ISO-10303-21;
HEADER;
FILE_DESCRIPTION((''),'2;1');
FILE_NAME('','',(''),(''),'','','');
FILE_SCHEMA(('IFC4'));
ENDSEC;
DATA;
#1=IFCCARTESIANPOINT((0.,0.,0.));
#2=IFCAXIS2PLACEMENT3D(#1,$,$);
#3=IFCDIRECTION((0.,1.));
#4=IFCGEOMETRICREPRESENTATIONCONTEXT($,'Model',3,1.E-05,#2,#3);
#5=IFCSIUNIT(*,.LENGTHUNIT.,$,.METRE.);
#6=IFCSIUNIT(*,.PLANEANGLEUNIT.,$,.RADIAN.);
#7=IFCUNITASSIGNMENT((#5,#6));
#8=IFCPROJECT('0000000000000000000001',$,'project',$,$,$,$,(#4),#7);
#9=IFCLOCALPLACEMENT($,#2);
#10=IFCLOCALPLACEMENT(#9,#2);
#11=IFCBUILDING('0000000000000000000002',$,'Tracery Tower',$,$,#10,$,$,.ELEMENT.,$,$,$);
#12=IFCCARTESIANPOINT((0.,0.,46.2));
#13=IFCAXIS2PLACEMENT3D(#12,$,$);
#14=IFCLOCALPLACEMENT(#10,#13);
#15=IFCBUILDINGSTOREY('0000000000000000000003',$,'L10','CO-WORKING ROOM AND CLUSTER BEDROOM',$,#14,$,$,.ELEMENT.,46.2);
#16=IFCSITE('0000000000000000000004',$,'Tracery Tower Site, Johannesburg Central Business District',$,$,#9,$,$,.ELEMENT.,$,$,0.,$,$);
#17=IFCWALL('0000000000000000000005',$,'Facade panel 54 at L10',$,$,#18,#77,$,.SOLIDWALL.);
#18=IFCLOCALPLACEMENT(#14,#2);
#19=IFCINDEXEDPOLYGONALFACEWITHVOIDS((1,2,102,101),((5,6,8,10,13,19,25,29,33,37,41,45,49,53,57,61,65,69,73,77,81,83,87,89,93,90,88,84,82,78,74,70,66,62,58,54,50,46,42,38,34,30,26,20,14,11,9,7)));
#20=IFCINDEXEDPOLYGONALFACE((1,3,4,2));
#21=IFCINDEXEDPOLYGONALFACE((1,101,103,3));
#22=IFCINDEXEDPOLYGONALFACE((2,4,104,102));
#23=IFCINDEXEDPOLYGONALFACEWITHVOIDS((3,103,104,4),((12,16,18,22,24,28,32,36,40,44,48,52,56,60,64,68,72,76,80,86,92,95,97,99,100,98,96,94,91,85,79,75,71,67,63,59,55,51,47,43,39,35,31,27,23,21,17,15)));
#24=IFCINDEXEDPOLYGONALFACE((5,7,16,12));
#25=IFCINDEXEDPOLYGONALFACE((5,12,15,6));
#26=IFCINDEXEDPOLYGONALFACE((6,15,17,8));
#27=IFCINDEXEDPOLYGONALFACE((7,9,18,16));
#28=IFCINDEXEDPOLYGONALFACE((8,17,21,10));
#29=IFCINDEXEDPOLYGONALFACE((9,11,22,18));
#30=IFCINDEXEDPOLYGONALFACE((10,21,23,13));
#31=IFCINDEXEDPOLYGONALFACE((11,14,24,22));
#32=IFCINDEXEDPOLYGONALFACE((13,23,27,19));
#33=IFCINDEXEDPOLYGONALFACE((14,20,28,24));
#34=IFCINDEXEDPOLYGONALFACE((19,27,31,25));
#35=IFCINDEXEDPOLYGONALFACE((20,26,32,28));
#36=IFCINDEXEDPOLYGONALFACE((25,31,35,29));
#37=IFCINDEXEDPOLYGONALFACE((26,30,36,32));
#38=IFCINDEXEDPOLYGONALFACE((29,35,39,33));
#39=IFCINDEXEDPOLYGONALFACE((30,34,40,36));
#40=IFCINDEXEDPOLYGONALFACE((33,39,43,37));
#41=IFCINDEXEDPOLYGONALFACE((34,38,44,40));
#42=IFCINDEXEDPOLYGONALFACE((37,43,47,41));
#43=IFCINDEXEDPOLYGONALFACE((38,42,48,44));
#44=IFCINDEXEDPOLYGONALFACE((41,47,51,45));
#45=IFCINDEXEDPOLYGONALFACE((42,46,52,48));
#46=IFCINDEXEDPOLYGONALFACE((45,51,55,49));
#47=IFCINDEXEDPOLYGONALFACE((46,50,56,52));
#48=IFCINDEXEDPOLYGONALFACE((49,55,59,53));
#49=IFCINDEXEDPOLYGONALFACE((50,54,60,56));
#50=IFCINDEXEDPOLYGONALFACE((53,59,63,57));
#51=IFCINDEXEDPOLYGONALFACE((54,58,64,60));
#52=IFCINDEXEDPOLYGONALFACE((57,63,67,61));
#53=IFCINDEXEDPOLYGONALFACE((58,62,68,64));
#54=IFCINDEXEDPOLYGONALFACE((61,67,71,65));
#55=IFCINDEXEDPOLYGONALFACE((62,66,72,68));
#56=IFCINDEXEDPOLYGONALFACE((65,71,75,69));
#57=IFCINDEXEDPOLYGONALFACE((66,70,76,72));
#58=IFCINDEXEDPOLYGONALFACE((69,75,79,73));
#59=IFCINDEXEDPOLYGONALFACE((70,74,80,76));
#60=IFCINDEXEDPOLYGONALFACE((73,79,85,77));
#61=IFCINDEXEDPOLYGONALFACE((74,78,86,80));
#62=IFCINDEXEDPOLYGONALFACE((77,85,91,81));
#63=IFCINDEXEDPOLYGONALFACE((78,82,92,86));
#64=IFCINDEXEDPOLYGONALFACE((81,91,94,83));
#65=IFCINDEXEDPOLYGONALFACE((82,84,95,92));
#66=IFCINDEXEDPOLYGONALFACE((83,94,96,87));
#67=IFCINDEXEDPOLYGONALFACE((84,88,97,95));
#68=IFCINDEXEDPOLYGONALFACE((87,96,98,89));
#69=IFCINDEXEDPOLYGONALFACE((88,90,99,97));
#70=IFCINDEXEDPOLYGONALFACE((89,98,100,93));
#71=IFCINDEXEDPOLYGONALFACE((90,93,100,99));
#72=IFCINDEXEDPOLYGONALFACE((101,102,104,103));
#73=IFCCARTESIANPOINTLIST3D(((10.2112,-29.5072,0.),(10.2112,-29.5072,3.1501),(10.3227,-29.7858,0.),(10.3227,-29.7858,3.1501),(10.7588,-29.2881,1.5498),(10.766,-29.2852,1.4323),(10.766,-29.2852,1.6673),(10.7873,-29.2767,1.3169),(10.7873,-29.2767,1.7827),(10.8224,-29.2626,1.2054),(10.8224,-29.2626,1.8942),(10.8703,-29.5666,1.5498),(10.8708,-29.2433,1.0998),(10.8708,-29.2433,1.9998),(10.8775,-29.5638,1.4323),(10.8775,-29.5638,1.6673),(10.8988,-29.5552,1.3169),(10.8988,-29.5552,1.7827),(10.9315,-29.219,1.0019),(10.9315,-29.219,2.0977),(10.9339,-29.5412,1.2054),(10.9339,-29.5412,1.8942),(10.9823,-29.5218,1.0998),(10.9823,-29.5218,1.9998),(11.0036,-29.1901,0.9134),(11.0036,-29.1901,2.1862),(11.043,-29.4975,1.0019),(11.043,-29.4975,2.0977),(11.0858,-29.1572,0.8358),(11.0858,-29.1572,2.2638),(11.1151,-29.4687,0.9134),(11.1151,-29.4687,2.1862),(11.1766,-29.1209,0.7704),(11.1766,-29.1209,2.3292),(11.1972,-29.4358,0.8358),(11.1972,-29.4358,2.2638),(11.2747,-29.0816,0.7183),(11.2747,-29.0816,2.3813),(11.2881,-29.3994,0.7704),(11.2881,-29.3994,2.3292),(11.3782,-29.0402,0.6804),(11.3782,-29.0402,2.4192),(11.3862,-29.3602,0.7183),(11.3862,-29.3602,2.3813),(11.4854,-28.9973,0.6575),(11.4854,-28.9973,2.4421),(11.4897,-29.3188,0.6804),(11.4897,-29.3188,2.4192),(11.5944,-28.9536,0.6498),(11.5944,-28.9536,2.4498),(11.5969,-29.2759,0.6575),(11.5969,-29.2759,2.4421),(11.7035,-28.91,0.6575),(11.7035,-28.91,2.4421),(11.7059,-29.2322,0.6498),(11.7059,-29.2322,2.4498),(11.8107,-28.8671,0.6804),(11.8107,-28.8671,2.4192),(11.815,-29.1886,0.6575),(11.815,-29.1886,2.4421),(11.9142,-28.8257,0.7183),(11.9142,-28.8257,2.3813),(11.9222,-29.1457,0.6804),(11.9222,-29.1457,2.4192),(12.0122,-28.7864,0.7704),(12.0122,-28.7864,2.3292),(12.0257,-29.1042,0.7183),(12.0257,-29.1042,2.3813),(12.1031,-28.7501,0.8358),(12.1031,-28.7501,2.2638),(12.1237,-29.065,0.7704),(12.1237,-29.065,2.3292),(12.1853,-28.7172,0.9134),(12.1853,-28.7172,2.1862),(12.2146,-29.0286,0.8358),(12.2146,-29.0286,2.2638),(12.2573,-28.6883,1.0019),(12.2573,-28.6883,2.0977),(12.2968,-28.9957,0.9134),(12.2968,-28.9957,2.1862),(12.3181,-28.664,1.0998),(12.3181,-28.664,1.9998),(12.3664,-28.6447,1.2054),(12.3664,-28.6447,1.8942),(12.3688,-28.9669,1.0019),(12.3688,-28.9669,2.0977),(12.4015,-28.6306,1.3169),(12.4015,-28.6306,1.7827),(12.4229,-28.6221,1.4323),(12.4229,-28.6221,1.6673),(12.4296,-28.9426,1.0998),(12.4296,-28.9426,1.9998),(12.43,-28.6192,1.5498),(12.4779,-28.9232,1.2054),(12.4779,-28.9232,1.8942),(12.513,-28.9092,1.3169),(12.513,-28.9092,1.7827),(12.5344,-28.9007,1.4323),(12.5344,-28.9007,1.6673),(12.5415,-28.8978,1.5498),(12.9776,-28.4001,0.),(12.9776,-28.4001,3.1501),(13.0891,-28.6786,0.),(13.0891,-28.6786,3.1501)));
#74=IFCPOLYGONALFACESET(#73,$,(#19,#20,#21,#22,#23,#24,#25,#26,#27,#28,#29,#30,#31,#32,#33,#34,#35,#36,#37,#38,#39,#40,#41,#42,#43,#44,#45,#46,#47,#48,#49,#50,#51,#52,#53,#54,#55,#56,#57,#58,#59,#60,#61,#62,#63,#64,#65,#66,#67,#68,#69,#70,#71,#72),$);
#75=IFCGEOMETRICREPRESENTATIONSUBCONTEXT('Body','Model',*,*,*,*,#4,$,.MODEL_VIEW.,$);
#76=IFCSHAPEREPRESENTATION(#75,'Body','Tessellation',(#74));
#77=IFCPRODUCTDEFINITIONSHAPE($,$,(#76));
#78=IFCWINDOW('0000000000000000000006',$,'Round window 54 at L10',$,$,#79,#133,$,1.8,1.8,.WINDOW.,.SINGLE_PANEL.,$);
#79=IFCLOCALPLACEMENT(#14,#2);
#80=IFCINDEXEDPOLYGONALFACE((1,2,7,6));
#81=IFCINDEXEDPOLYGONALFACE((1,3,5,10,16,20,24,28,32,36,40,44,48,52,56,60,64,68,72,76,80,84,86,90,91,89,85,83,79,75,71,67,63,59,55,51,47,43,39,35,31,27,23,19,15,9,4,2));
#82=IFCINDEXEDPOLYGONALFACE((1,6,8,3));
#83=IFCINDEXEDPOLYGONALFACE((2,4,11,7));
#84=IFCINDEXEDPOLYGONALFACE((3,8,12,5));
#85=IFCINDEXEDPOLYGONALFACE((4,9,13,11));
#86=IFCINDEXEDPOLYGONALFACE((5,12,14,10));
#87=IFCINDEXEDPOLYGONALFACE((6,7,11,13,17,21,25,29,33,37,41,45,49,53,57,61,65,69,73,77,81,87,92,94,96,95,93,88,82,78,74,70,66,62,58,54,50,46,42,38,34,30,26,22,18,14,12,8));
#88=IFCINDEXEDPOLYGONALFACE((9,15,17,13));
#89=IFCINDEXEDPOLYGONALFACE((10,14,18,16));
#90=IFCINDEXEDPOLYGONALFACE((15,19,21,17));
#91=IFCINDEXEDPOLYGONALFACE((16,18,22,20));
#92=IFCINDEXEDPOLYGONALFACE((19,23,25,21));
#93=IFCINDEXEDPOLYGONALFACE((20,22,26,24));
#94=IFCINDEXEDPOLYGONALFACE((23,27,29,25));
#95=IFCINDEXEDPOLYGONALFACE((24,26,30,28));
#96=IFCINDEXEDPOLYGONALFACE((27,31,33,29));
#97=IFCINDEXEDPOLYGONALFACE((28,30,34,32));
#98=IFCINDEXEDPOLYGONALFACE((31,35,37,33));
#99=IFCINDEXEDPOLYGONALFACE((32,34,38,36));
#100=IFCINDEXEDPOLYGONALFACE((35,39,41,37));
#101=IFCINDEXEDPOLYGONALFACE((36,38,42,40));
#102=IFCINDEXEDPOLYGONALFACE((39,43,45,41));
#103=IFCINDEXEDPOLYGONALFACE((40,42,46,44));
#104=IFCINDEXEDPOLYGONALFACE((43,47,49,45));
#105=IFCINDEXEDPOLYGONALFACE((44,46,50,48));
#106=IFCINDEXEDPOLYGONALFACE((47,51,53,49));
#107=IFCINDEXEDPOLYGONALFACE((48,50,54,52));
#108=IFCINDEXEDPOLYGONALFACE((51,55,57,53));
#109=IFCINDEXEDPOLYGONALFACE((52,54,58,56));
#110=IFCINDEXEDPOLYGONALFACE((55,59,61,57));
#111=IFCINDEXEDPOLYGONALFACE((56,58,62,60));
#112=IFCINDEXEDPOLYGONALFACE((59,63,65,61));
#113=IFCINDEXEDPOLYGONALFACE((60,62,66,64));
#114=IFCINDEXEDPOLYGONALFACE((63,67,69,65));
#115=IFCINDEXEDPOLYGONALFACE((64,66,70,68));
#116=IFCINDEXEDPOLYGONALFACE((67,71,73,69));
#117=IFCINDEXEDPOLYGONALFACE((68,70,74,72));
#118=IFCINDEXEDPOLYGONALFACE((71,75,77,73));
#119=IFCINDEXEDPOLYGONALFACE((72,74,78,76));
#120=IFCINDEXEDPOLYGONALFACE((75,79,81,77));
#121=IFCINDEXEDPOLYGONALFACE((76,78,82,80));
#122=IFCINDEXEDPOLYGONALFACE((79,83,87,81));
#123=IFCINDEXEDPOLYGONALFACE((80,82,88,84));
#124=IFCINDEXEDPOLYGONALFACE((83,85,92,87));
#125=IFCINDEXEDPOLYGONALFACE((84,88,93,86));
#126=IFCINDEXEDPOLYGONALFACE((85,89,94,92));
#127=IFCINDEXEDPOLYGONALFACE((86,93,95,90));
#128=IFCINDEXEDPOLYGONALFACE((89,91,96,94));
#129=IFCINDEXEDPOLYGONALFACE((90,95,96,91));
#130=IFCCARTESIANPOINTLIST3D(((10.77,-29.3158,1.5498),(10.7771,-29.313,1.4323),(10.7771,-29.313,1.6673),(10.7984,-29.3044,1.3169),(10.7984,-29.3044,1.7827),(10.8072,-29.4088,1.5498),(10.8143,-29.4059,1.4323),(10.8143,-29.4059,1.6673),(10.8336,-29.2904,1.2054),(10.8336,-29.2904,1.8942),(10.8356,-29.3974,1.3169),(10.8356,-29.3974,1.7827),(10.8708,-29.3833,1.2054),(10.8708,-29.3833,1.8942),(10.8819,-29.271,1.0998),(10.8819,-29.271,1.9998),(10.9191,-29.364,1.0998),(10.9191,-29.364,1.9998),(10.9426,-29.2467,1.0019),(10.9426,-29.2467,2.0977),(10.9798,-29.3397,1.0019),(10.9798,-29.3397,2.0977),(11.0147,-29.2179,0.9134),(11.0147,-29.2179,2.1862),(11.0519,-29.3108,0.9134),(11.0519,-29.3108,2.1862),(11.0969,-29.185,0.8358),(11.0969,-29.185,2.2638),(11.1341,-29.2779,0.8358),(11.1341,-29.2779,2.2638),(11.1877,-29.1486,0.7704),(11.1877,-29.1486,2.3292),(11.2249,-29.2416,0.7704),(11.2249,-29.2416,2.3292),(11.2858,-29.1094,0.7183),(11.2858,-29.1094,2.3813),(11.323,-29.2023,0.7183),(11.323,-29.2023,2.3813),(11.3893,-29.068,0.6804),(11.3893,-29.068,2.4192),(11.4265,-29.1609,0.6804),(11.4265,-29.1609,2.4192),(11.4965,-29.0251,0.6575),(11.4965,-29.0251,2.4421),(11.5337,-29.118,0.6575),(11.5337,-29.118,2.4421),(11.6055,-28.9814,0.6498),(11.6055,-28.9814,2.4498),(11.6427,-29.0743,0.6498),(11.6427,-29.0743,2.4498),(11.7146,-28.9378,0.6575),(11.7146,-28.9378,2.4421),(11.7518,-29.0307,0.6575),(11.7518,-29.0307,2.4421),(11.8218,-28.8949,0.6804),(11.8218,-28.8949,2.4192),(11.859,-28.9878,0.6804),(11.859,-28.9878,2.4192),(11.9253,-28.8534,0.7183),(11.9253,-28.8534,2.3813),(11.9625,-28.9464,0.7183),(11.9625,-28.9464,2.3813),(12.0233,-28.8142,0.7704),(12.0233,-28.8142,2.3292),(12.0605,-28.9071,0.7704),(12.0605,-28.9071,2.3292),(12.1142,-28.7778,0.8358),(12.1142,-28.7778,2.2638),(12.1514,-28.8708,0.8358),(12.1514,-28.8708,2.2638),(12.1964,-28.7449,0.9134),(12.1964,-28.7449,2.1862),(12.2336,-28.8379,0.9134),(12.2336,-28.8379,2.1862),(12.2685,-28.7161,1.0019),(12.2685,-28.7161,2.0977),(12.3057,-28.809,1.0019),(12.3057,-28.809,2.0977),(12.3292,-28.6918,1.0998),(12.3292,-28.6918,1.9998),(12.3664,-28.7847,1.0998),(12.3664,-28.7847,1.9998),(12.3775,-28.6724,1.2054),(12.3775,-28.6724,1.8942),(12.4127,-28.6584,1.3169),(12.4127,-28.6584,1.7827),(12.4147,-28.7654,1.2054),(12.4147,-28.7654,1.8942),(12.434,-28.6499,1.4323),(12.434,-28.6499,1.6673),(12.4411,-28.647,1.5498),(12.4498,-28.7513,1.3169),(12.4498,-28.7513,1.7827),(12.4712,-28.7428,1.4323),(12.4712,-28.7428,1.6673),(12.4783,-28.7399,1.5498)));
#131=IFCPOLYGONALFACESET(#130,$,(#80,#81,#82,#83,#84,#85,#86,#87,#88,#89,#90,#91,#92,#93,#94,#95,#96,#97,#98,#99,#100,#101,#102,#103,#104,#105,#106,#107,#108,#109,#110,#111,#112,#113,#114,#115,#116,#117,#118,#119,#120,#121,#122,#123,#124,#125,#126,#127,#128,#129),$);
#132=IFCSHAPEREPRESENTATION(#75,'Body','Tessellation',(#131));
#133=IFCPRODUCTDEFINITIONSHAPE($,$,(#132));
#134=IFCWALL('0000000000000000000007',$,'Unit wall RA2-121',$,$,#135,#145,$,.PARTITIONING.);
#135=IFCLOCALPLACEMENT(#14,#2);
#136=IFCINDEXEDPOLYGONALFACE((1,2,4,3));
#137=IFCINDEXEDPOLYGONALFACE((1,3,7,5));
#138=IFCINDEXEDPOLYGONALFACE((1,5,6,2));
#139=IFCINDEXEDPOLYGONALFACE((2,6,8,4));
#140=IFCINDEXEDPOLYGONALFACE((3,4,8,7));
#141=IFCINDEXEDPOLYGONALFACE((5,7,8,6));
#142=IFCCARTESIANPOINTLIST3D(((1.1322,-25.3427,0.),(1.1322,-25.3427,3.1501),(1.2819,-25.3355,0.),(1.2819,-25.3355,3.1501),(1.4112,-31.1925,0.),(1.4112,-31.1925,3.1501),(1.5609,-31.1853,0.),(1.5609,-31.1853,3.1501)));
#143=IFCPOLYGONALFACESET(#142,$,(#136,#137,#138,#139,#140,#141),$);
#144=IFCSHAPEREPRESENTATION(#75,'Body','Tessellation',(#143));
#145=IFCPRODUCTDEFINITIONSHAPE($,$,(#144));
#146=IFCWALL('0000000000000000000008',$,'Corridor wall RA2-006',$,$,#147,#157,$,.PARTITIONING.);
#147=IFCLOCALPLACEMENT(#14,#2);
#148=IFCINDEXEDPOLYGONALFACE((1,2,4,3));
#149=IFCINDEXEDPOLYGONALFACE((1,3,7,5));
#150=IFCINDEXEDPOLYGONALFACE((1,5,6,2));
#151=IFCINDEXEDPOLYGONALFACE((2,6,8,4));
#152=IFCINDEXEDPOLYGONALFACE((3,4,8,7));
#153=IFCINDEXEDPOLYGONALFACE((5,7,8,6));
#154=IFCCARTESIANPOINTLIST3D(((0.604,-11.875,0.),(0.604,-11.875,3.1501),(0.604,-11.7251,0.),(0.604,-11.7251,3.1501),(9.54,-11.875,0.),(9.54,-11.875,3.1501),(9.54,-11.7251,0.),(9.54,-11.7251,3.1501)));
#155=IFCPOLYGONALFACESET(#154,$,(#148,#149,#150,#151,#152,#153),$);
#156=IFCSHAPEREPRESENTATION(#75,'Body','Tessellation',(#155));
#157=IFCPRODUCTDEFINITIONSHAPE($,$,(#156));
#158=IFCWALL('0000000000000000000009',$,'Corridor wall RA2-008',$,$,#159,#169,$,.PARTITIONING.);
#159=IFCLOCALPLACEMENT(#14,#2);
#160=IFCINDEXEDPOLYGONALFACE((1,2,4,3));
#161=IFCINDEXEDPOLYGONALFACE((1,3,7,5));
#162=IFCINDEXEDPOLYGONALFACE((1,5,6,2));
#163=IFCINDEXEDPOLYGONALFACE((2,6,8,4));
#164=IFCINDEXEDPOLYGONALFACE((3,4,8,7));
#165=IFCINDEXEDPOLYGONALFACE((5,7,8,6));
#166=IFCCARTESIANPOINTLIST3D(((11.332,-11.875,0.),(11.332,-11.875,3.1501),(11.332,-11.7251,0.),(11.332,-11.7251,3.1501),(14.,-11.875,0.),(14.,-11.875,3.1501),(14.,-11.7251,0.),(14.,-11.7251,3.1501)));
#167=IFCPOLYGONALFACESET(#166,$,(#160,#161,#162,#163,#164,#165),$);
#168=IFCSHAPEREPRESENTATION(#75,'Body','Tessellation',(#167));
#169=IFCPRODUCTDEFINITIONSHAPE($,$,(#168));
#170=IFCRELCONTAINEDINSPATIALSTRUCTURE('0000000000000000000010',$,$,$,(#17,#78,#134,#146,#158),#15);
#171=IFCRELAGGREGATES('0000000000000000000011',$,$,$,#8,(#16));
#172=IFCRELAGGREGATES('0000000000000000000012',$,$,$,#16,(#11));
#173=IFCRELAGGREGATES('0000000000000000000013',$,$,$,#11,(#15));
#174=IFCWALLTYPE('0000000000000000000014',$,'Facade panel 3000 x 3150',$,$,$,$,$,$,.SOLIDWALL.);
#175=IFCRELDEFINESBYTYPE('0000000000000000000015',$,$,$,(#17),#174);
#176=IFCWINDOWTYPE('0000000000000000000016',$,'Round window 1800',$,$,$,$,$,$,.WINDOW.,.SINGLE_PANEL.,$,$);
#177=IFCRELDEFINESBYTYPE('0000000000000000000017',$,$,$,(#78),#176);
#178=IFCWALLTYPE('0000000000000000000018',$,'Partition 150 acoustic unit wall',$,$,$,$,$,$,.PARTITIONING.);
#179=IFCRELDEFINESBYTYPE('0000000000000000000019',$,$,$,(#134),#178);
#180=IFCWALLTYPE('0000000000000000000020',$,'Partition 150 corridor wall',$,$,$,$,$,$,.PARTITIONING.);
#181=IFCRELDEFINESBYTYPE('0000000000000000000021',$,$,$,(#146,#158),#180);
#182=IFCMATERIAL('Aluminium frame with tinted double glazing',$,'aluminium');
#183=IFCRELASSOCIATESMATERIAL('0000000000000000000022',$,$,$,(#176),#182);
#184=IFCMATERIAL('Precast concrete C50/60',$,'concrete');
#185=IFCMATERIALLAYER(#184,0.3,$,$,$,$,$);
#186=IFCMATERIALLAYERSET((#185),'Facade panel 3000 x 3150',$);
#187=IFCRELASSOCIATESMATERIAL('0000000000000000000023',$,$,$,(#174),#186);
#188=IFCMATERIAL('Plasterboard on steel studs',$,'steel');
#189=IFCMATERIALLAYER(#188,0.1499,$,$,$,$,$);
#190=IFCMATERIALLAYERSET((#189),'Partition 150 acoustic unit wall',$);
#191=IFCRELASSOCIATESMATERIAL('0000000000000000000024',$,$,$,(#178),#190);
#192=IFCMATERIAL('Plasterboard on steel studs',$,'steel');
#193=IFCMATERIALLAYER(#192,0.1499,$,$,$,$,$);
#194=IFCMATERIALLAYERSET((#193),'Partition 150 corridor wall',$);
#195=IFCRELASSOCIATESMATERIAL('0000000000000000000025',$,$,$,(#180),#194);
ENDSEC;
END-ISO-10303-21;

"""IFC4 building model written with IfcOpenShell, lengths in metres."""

from ifc_helpers import new_model, si_unit, direction, frame, frame_2d, origin, origin_2d, place, context, subcontext, project, spatial, rectangle, circle, extrude, material, layer, layer_set, type_object, element, fill, save


model = new_model("IFC4")

# Units and contexts
model_context = context("Model", 3, precision=1e-05, world=origin(), true_north=direction((0.0, 1.0)))
body_context = subcontext(model_context, "Body", "Model", "MODEL_VIEW")
ifc_project = project(units=[si_unit("LENGTHUNIT", "METRE"), si_unit("PLANEANGLEUNIT", "RADIAN")], contexts=[model_context])

# Site, building, storey
site_placement = place(None, origin())
site = spatial("IfcSite", under=ifc_project, at=site_placement, Name="Tracery Tower Site, Johannesburg Central Business District", CompositionType="ELEMENT", RefElevation=0.0)
building_placement = place(site_placement, origin())
building = spatial("IfcBuilding", under=site, at=building_placement, Name="Tracery Tower", CompositionType="ELEMENT")
storey_placement = place(building_placement, frame((0.0, 0.0, 46.2)))
storey = spatial("IfcBuildingStorey", under=building, at=storey_placement, Name="L10", Description="CO-WORKING ROOM AND CLUSTER BEDROOM", CompositionType="ELEMENT", Elevation=46.2)

# Wall, opening, window
ifc_material_1 = material(Name="Aluminium frame with tinted double glazing", Category="aluminium")
window_type = type_object("IfcWindowType", Name="Round window 1800", PartitioningType="SINGLE_PANEL", PredefinedType="WINDOW", material=ifc_material_1)
ifc_material_2 = material(Name="Precast concrete C50/60", Category="concrete")
ifc_layer_1 = layer(ifc_material_2, 0.3)
ifc_layer_set_1 = layer_set([ifc_layer_1], Name="Facade panel 3000 x 3150")
wall_type_1 = type_object("IfcWallType", Name="Facade panel 3000 x 3150", PredefinedType="SOLIDWALL", material=ifc_layer_set_1)
wall_1_placement = place(storey_placement, frame((10.2671, -29.6465, 0.0), z_axis=(0.0, 0.0, 1.0), x_axis=(0.928403, 0.371574, 0.0)))
wall_1 = element("IfcWall", 1, at=wall_1_placement, inside=storey, type_object=wall_type_1, Name="Facade panel 54 at L10", PredefinedType="SOLIDWALL", context=body_context, shape_type="SweptSolid", body=[
    extrude(rectangle(XDim=2.9797, YDim=0.3, at=frame_2d((1.4897, 0.0))), origin(), (0.0, 0.0, 1.0), 3.1501),
])
opening_1_placement = place(wall_1_placement, frame((1.4897, 0.0, 1.5498)))
opening_1 = element("IfcOpeningElement", 2, at=opening_1_placement, cuts=wall_1, PredefinedType="OPENING", context=body_context, shape_type="SweptSolid", body=[
    extrude(circle(Radius=0.9, at=origin_2d()), frame((0.0, 0.1599, 0.0), z_axis=(0.0, -1.0, 0.0), x_axis=(1.0, 0.0, 0.0)), (0.0, 0.0, 1.0), 0.3201),
])
window_1_placement = place(opening_1_placement, origin())
window_1 = element("IfcWindow", 3, at=window_1_placement, inside=storey, type_object=window_type, Name="Round window 54 at L10", OverallHeight=1.8, OverallWidth=1.8, PartitioningType="SINGLE_PANEL", PredefinedType="WINDOW", context=body_context, shape_type="SweptSolid", body=[
    extrude(circle(Radius=0.9, at=origin_2d()), frame((0.0, 0.1201, 0.0), z_axis=(0.0, -1.0, 0.0), x_axis=(1.0, 0.0, 0.0)), (0.0, 0.0, 1.0), 0.1001),
])
fill(opening_1, window_1)

# Walls
ifc_material_3 = material(Name="Plasterboard on steel studs", Category="steel")
ifc_layer_2 = layer(ifc_material_3, 0.1499)
ifc_layer_set_2 = layer_set([ifc_layer_2], Name="Partition 150 acoustic unit wall")
wall_type_2 = type_object("IfcWallType", Name="Partition 150 acoustic unit wall", PredefinedType="PARTITIONING", material=ifc_layer_set_2)
wall_2_placement = place(storey_placement, frame((1.207, -25.3391, 0.0), z_axis=(0.0, 0.0, 1.0), x_axis=(0.047648, -0.998864, 0.0)))
element("IfcWall", 4, at=wall_2_placement, inside=storey, type_object=wall_type_2, Name="Unit wall RA2-121", PredefinedType="PARTITIONING", context=body_context, shape_type="SweptSolid", body=[
    extrude(rectangle(XDim=5.8564, YDim=0.1499, at=frame_2d((2.9282, 0.0))), origin(), (0.0, 0.0, 1.0), 3.1501),
])
ifc_material_4 = material(Name="Plasterboard on steel studs", Category="steel")
ifc_layer_3 = layer(ifc_material_4, 0.1499)
ifc_layer_set_3 = layer_set([ifc_layer_3], Name="Partition 150 corridor wall")
wall_type_3 = type_object("IfcWallType", Name="Partition 150 corridor wall", PredefinedType="PARTITIONING", material=ifc_layer_set_3)
wall_3_placement = place(storey_placement, frame((0.604, -11.8, 0.0), z_axis=(0.0, 0.0, 1.0), x_axis=(1.0, 0.0, 0.0)))
element("IfcWall", 5, at=wall_3_placement, inside=storey, type_object=wall_type_3, Name="Corridor wall RA2-006", PredefinedType="PARTITIONING", context=body_context, shape_type="SweptSolid", body=[
    extrude(rectangle(XDim=8.936, YDim=0.1499, at=frame_2d((4.468, 0.0))), origin(), (0.0, 0.0, 1.0), 3.1501),
])
wall_4_placement = place(storey_placement, frame((11.332, -11.8, 0.0), z_axis=(0.0, 0.0, 1.0), x_axis=(1.0, 0.0, 0.0)))
element("IfcWall", 6, at=wall_4_placement, inside=storey, type_object=wall_type_3, Name="Corridor wall RA2-008", PredefinedType="PARTITIONING", context=body_context, shape_type="SweptSolid", body=[
    extrude(rectangle(XDim=2.668, YDim=0.1499, at=frame_2d((1.334, 0.0))), origin(), (0.0, 0.0, 1.0), 3.1501),
])

save(model, "model.ifc")
